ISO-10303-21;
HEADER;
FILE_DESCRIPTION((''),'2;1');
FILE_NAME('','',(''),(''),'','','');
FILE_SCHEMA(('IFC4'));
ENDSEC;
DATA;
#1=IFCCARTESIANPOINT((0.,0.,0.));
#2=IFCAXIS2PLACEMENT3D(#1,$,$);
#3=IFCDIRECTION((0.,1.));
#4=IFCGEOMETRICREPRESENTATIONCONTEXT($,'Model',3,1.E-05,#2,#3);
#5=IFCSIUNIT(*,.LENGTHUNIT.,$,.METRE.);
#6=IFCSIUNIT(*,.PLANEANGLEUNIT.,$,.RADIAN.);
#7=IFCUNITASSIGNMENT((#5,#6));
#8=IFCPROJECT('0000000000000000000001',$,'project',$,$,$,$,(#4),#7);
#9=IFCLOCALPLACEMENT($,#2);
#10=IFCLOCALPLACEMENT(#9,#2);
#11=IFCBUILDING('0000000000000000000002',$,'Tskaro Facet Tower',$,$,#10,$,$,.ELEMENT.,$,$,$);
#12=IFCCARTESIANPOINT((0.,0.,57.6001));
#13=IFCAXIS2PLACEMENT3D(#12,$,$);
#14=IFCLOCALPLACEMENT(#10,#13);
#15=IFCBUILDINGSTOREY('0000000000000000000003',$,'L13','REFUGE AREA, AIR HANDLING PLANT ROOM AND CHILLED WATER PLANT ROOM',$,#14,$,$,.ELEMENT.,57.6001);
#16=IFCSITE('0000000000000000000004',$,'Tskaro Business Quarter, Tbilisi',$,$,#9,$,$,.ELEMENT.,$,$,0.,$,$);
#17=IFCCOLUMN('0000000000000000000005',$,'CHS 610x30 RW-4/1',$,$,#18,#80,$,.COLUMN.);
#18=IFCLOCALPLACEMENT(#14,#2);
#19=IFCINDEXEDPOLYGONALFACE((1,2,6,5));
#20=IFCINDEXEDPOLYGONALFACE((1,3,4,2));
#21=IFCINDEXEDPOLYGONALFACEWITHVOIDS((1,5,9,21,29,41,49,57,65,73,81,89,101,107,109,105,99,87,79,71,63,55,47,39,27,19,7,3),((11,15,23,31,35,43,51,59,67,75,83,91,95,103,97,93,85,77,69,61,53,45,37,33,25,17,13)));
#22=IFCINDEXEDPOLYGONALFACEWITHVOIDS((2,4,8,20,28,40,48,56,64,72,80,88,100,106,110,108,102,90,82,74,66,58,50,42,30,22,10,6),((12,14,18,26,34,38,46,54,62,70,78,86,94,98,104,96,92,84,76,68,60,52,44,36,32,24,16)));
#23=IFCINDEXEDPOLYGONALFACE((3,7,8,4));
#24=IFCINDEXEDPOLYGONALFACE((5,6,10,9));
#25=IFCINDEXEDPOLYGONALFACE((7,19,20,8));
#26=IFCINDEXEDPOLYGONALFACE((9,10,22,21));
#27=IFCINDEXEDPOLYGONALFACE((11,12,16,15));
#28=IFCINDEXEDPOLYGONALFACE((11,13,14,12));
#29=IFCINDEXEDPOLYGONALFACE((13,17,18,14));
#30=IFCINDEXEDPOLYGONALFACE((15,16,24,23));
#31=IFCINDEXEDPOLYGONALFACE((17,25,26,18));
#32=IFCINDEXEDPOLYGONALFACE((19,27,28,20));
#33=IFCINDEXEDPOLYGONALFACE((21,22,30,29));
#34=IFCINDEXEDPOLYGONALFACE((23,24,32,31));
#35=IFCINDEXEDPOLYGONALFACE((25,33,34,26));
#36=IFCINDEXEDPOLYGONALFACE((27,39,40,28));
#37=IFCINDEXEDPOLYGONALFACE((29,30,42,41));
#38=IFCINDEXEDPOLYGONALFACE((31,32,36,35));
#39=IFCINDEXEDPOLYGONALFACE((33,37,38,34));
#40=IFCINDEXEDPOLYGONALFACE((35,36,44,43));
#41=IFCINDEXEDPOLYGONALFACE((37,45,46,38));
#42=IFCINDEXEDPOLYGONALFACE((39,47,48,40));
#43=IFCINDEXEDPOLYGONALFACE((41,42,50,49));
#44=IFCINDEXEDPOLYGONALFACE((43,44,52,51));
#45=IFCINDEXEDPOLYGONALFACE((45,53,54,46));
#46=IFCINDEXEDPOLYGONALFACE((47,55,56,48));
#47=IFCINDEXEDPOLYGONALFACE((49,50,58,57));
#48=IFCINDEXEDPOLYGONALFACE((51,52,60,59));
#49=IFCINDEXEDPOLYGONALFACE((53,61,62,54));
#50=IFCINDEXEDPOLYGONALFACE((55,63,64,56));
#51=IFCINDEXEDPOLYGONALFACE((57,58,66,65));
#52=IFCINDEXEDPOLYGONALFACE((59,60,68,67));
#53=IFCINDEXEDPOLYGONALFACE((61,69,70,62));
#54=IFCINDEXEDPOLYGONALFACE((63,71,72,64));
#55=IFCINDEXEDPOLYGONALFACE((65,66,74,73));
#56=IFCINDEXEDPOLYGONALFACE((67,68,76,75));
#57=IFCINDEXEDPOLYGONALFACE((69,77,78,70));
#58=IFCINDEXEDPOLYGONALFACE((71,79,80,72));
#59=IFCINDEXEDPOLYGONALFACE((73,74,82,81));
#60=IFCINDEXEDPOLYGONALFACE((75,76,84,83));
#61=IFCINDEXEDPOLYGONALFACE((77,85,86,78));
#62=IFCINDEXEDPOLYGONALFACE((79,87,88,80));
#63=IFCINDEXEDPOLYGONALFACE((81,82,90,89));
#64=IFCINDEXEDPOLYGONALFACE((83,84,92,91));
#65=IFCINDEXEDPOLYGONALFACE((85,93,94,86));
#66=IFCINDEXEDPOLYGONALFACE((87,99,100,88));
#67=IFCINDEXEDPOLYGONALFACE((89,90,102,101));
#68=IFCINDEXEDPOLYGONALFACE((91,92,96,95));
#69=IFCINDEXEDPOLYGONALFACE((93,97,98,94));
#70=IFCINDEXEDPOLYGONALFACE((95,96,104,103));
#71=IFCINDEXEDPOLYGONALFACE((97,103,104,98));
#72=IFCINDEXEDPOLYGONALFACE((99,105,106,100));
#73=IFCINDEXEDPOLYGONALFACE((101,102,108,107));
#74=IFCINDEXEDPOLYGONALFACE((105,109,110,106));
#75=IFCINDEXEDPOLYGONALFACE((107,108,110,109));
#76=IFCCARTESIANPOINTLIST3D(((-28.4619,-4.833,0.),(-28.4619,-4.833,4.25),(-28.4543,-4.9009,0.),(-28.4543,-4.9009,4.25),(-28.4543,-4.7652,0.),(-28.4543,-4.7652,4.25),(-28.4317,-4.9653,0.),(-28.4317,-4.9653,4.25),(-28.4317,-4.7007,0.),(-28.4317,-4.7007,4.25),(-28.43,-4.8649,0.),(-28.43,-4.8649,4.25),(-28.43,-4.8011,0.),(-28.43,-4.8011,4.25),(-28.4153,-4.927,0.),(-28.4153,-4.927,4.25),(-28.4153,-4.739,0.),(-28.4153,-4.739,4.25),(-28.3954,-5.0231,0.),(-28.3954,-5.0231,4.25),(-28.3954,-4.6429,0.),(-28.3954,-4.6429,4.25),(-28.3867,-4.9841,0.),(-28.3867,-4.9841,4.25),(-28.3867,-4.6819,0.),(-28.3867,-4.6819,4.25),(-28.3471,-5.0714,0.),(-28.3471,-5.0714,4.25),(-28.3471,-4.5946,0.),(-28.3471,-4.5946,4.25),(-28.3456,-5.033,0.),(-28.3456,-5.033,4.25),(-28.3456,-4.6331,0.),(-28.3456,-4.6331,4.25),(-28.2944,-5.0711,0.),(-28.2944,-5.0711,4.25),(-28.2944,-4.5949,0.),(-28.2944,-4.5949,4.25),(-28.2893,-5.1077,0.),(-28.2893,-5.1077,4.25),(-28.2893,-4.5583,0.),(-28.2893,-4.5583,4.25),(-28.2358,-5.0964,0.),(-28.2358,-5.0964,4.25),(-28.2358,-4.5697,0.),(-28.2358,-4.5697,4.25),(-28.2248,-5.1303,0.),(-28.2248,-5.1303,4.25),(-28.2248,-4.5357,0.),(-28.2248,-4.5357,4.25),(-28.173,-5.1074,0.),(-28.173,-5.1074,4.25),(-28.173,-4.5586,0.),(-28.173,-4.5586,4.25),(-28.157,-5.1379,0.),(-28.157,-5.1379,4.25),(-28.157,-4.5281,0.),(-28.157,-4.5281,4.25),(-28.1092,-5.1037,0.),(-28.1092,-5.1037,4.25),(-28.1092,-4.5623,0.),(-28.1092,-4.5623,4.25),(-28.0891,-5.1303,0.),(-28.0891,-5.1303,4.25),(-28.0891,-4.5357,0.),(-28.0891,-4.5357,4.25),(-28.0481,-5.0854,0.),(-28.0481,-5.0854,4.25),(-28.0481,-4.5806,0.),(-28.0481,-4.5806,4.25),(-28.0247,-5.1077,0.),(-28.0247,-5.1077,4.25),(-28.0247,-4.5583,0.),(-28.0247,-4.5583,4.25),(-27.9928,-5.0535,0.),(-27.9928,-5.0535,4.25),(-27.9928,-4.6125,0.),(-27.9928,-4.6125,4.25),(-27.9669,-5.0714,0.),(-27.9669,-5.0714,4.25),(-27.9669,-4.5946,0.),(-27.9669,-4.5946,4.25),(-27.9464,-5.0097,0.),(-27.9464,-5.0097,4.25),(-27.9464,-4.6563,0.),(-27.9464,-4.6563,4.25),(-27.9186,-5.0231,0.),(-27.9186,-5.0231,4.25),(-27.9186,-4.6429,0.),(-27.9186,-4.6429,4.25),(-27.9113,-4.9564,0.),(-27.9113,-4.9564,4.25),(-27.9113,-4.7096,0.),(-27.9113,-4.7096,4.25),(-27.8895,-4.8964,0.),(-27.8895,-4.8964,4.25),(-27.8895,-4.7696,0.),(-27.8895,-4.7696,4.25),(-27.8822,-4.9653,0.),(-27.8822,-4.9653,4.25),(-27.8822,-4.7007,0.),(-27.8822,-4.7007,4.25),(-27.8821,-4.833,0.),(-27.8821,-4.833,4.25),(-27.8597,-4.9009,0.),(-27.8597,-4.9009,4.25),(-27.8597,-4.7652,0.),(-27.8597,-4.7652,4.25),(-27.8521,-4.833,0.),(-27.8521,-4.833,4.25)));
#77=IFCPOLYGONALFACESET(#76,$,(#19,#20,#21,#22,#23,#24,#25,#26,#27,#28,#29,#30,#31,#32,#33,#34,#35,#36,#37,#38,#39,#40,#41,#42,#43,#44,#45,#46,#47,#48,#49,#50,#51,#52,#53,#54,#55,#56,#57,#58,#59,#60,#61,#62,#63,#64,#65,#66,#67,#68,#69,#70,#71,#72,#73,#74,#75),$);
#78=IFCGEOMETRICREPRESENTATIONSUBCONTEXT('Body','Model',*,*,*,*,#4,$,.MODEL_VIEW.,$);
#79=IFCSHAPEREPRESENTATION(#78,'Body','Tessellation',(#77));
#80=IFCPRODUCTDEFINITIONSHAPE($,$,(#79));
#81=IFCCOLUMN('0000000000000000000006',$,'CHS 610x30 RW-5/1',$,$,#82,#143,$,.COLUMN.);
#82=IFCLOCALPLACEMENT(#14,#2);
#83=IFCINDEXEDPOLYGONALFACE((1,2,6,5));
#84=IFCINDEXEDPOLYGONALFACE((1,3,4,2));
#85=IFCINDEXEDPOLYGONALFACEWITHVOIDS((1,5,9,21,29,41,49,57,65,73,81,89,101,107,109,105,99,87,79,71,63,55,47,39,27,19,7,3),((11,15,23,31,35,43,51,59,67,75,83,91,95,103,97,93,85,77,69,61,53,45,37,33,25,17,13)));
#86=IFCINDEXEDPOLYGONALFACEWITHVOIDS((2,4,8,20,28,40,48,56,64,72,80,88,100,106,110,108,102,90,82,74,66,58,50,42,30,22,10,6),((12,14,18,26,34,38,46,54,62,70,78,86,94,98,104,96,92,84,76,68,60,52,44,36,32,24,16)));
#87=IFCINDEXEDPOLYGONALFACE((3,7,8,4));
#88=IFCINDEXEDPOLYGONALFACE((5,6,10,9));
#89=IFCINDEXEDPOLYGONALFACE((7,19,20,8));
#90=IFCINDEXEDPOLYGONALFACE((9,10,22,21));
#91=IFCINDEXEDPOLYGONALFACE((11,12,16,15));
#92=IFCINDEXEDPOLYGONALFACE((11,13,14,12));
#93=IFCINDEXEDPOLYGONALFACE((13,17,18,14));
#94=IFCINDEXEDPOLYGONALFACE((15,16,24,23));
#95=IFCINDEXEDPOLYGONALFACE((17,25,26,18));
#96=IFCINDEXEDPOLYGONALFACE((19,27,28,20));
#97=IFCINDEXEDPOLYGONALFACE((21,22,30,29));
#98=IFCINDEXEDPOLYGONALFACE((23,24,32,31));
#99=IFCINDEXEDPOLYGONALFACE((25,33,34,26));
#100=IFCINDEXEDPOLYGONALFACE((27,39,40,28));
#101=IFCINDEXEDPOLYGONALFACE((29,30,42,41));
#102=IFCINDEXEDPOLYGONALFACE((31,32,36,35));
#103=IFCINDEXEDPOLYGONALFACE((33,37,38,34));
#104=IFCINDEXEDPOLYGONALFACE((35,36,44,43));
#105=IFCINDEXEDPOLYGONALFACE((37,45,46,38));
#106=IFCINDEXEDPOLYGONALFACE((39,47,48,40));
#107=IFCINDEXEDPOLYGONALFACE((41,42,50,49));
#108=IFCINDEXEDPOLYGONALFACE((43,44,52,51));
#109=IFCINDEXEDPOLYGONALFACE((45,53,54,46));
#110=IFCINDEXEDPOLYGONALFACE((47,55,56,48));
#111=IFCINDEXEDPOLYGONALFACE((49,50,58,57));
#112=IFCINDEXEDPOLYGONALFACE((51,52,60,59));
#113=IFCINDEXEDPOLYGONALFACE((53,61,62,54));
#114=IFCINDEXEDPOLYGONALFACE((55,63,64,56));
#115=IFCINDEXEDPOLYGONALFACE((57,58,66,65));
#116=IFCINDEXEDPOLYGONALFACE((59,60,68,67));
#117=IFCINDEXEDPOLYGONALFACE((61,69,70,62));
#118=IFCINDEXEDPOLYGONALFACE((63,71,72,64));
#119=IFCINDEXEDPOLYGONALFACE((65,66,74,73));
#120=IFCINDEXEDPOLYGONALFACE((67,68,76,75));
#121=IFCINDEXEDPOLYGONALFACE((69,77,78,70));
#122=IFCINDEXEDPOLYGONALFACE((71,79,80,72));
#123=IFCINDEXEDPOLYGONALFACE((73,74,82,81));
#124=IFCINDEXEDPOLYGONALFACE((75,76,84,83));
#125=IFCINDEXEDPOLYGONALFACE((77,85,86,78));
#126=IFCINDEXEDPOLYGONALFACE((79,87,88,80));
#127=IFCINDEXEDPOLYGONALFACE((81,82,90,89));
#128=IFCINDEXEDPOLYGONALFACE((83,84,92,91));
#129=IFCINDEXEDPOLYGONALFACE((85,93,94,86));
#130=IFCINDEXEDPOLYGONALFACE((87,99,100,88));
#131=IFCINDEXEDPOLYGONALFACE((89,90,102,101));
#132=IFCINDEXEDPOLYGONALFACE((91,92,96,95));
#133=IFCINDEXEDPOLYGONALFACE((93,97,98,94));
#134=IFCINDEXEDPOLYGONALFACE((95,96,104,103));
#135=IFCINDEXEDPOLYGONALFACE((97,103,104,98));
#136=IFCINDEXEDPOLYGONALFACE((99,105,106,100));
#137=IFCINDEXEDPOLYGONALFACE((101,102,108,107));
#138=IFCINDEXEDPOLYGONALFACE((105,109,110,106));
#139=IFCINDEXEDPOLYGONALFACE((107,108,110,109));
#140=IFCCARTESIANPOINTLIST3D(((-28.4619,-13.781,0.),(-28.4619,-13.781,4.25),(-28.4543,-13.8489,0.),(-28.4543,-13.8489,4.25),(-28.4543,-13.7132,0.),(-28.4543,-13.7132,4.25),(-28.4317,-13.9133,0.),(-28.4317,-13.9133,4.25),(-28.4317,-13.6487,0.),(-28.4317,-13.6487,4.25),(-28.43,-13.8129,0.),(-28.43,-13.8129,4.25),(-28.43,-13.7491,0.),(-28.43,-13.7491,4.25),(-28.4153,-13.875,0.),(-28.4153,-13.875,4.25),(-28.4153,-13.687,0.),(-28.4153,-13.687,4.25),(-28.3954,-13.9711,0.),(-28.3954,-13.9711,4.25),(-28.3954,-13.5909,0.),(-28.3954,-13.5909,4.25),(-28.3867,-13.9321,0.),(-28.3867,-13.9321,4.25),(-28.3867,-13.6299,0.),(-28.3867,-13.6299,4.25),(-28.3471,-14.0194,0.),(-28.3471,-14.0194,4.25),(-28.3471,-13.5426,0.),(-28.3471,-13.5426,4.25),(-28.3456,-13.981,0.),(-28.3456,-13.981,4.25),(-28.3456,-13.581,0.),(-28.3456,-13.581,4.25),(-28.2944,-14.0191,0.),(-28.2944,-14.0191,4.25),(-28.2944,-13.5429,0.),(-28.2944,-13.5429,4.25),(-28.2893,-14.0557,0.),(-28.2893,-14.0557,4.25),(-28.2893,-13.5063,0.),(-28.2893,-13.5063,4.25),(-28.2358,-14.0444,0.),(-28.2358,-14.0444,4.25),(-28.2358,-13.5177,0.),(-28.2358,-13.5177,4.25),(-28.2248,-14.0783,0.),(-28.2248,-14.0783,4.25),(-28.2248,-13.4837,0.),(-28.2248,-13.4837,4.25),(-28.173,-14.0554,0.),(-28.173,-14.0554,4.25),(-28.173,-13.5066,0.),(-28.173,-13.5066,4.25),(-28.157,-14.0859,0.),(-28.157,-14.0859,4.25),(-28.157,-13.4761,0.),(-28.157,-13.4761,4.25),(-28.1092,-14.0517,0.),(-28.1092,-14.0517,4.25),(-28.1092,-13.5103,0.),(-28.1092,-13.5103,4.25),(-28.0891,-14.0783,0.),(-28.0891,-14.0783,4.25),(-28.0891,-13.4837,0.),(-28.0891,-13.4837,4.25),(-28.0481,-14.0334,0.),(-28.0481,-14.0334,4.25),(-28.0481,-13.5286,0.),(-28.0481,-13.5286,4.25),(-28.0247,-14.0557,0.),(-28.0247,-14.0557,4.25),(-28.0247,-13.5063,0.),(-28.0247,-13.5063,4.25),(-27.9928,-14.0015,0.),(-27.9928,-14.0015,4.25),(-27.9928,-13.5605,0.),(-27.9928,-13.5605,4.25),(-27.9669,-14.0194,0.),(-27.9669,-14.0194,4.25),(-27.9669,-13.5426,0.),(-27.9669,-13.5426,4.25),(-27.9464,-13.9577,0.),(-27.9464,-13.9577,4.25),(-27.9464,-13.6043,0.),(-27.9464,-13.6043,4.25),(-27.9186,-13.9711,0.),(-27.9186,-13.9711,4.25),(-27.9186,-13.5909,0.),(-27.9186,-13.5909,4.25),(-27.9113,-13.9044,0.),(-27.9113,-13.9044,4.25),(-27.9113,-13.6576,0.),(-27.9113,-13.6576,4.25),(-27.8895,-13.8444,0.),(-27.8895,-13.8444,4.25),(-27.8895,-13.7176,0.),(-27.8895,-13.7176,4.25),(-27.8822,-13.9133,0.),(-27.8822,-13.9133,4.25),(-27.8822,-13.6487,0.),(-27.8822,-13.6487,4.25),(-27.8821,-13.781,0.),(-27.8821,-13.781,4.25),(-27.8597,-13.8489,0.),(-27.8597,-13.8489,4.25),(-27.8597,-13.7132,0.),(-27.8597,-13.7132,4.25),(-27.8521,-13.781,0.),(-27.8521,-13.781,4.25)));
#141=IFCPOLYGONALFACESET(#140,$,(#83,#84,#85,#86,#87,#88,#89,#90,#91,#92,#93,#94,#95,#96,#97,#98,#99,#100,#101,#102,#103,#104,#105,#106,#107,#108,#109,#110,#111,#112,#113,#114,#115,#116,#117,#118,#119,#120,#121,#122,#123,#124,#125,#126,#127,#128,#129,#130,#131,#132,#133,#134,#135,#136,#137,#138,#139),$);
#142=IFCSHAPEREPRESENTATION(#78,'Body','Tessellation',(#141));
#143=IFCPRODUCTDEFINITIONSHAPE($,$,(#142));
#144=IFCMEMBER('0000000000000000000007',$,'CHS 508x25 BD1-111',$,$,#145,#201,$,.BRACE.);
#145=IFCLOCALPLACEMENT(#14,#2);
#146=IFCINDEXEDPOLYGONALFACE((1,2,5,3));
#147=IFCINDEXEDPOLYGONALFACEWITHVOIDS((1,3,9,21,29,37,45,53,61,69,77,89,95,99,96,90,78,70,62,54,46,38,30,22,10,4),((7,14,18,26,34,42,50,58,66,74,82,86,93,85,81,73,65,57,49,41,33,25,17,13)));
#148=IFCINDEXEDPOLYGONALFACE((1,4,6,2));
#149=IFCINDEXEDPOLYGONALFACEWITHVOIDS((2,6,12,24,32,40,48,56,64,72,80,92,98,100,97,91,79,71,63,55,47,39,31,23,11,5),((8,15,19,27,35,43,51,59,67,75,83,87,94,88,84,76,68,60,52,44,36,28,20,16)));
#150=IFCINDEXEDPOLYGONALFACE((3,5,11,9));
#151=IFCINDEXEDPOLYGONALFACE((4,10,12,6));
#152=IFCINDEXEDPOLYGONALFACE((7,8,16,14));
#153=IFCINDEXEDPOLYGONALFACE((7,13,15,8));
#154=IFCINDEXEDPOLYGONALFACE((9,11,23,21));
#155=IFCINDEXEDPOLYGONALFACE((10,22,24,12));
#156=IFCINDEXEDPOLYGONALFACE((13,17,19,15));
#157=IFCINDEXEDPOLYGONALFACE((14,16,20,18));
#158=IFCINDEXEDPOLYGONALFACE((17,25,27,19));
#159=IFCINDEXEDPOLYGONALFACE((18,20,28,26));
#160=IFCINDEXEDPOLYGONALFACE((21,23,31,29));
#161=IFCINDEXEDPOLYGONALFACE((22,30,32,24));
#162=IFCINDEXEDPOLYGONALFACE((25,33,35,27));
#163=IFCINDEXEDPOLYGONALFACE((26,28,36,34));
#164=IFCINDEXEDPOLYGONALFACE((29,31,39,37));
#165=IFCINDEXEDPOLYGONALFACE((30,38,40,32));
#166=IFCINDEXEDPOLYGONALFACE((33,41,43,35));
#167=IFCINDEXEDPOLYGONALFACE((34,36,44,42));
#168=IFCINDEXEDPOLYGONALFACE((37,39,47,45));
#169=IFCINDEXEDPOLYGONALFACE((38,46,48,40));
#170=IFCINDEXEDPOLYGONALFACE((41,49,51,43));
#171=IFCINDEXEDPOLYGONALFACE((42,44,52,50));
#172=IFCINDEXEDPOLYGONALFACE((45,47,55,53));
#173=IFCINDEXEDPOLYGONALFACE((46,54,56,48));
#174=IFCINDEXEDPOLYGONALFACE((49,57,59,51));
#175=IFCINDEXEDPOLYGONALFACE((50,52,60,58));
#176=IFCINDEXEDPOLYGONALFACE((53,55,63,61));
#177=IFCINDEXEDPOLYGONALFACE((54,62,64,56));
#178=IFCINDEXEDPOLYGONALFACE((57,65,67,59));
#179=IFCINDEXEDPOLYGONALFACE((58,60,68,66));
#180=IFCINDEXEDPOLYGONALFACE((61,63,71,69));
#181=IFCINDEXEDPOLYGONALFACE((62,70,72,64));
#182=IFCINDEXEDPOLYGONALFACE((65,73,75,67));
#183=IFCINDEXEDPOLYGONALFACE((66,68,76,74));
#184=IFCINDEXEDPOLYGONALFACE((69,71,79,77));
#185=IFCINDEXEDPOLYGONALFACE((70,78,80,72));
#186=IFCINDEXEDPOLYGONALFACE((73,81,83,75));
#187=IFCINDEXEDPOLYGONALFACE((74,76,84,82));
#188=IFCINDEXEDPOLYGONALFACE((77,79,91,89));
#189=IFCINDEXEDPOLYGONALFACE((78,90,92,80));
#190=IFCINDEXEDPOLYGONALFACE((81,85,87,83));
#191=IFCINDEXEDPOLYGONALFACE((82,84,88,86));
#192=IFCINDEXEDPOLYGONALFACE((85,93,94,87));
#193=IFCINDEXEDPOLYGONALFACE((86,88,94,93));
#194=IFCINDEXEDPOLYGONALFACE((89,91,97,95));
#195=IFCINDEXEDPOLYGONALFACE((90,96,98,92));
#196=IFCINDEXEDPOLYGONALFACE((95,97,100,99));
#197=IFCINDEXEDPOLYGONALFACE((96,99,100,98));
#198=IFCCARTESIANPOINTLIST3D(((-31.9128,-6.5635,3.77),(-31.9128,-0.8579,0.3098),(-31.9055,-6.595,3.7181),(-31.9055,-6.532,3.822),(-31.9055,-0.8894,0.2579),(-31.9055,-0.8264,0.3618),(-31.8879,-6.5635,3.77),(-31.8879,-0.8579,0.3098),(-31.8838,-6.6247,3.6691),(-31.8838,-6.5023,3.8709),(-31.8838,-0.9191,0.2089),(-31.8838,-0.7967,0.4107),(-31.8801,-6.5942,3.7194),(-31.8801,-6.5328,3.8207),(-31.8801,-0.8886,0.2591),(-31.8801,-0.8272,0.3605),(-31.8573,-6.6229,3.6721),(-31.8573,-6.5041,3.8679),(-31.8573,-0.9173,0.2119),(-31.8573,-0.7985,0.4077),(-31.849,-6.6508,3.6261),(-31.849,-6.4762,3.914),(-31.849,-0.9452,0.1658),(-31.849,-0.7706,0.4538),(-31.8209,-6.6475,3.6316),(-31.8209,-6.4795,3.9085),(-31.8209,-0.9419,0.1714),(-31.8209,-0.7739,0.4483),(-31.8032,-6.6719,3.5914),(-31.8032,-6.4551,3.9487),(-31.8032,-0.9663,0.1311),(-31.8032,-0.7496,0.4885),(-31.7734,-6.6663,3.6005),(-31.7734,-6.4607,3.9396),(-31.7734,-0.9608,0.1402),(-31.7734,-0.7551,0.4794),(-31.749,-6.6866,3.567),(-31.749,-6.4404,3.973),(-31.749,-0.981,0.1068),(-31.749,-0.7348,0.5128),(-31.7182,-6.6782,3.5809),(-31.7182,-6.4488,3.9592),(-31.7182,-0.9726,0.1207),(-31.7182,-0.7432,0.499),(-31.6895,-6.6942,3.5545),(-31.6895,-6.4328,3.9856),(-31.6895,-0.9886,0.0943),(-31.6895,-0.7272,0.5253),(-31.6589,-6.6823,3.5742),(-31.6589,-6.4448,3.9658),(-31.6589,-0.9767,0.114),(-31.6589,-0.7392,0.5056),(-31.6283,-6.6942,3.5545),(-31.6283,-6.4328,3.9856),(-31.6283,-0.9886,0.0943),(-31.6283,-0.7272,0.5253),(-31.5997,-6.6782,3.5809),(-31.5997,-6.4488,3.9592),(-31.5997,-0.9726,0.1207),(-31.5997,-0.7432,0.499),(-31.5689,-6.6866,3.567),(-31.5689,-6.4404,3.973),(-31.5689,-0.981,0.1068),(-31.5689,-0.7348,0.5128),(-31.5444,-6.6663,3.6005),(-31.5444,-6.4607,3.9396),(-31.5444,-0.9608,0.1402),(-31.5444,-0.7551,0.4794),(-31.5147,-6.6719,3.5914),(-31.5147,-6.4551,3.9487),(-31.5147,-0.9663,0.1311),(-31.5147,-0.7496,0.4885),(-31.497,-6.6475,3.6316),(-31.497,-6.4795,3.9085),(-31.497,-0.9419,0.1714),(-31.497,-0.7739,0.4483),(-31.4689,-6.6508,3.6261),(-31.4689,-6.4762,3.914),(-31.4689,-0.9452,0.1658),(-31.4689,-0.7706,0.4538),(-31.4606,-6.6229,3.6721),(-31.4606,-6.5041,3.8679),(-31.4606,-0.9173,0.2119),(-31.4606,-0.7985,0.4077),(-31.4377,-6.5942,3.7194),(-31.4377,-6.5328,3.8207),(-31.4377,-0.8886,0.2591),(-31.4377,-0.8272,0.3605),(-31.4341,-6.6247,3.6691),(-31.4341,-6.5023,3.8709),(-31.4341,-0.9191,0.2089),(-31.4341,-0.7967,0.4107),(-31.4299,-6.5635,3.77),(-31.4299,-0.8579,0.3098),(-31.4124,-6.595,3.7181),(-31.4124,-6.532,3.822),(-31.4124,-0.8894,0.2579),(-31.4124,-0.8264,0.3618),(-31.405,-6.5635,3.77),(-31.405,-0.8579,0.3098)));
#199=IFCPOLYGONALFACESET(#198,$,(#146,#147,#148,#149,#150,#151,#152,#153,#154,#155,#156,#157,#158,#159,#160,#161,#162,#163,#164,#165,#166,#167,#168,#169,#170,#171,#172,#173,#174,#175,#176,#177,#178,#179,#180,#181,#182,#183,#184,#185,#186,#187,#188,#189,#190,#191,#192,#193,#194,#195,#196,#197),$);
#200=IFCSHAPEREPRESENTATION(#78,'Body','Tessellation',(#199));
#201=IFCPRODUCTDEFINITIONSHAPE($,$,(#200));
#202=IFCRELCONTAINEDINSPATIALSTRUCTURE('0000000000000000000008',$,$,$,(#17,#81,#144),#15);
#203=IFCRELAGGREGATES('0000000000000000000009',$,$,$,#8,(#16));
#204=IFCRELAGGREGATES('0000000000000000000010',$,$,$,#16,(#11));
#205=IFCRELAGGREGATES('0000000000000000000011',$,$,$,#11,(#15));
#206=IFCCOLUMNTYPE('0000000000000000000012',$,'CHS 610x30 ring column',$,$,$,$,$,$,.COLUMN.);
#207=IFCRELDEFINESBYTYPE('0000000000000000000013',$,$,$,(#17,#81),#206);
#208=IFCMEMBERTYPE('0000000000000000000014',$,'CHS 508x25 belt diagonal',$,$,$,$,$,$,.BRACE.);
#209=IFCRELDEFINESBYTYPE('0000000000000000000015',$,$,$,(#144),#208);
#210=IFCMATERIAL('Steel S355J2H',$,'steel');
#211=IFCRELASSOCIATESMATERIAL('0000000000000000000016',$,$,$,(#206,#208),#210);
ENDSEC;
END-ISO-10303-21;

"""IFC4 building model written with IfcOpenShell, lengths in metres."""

from ifc_helpers import new_model, si_unit, direction, frame, origin, origin_2d, place, context, subcontext, project, spatial, hollow_circle, extrude, material, material_profile, profile_set, type_object, element, save


model = new_model("IFC4")

# Units and contexts
model_context = context("Model", 3, precision=1e-05, world=origin(), true_north=direction((0.0, 1.0)))
body_context = subcontext(model_context, "Body", "Model", "MODEL_VIEW")
ifc_project = project(units=[si_unit("LENGTHUNIT", "METRE"), si_unit("PLANEANGLEUNIT", "RADIAN")], contexts=[model_context])

# Site, building, storey
site_placement = place(None, origin())
site = spatial("IfcSite", under=ifc_project, at=site_placement, Name="Tskaro Business Quarter, Tbilisi", CompositionType="ELEMENT", RefElevation=0.0)
building_placement = place(site_placement, origin())
building = spatial("IfcBuilding", under=site, at=building_placement, Name="Tskaro Facet Tower", CompositionType="ELEMENT")
storey_placement = place(building_placement, frame((0.0, 0.0, 57.6001)))
storey = spatial("IfcBuildingStorey", under=building, at=storey_placement, Name="L13", Description="REFUGE AREA, AIR HANDLING PLANT ROOM AND CHILLED WATER PLANT ROOM", CompositionType="ELEMENT", Elevation=57.6001)

# Columns
ifc_material_1 = material(Name="Steel S355J2H", Category="steel")
ifc_material_profile_1 = material_profile(ifc_material_1, hollow_circle(Radius=0.3049, WallThickness=0.03, at=origin_2d()), Name="CHS 610x30")
ifc_profile_set_1 = profile_set([ifc_material_profile_1], Name="Steel S355J2H")
column_type = type_object("IfcColumnType", Name="CHS 610x30 ring column", PredefinedType="COLUMN", material=ifc_profile_set_1)
for number, where, z_axis, x_axis, name in (
    (1, (-28.157, -4.833, 0.0), (0.0, 0.0, 1.0), (1.0, 0.0, 0.0), "CHS 610x30 RW-4/1"),
    (2, (-28.157, -13.781, 0.0), (0.0, 0.0, 1.0), (1.0, 0.0, 0.0), "CHS 610x30 RW-5/1"),
):
    element("IfcColumn", number, at=place(storey_placement, frame(where, z_axis=z_axis, x_axis=x_axis)), inside=storey, type_object=column_type, Name=name, PredefinedType="COLUMN", context=body_context, shape_type="SweptSolid", body=[
        extrude(hollow_circle(Radius=0.3049, WallThickness=0.03, at=origin_2d()), origin(), (0.0, 0.0, 1.0), 4.25),
    ])

# Member
ifc_material_profile_2 = material_profile(ifc_material_1, hollow_circle(Radius=0.2539, WallThickness=0.0249, at=origin_2d()), Name="CHS 508x25")
ifc_profile_set_2 = profile_set([ifc_material_profile_2], Name="Steel S355J2H")
member_type_1 = type_object("IfcMemberType", Name="CHS 508x25 belt diagonal", PredefinedType="BRACE", material=ifc_profile_set_2)
for number, where, z_axis, x_axis, name in (
    (3, (-31.6589, -0.8579, 0.3098), (0.0, -0.855046, 0.518552), (1.0, 0.0, 0.0), "CHS 508x25 BD1-111"),
):
    element("IfcMember", number, at=place(storey_placement, frame(where, z_axis=z_axis, x_axis=x_axis)), inside=storey, type_object=member_type_1, Name=name, PredefinedType="BRACE", context=body_context, shape_type="SweptSolid", body=[
        extrude(hollow_circle(Radius=0.2539, WallThickness=0.0249, at=origin_2d()), origin(), (0.0, 0.0, 1.0), 6.6729),
    ])

save(model, "model.ifc")
